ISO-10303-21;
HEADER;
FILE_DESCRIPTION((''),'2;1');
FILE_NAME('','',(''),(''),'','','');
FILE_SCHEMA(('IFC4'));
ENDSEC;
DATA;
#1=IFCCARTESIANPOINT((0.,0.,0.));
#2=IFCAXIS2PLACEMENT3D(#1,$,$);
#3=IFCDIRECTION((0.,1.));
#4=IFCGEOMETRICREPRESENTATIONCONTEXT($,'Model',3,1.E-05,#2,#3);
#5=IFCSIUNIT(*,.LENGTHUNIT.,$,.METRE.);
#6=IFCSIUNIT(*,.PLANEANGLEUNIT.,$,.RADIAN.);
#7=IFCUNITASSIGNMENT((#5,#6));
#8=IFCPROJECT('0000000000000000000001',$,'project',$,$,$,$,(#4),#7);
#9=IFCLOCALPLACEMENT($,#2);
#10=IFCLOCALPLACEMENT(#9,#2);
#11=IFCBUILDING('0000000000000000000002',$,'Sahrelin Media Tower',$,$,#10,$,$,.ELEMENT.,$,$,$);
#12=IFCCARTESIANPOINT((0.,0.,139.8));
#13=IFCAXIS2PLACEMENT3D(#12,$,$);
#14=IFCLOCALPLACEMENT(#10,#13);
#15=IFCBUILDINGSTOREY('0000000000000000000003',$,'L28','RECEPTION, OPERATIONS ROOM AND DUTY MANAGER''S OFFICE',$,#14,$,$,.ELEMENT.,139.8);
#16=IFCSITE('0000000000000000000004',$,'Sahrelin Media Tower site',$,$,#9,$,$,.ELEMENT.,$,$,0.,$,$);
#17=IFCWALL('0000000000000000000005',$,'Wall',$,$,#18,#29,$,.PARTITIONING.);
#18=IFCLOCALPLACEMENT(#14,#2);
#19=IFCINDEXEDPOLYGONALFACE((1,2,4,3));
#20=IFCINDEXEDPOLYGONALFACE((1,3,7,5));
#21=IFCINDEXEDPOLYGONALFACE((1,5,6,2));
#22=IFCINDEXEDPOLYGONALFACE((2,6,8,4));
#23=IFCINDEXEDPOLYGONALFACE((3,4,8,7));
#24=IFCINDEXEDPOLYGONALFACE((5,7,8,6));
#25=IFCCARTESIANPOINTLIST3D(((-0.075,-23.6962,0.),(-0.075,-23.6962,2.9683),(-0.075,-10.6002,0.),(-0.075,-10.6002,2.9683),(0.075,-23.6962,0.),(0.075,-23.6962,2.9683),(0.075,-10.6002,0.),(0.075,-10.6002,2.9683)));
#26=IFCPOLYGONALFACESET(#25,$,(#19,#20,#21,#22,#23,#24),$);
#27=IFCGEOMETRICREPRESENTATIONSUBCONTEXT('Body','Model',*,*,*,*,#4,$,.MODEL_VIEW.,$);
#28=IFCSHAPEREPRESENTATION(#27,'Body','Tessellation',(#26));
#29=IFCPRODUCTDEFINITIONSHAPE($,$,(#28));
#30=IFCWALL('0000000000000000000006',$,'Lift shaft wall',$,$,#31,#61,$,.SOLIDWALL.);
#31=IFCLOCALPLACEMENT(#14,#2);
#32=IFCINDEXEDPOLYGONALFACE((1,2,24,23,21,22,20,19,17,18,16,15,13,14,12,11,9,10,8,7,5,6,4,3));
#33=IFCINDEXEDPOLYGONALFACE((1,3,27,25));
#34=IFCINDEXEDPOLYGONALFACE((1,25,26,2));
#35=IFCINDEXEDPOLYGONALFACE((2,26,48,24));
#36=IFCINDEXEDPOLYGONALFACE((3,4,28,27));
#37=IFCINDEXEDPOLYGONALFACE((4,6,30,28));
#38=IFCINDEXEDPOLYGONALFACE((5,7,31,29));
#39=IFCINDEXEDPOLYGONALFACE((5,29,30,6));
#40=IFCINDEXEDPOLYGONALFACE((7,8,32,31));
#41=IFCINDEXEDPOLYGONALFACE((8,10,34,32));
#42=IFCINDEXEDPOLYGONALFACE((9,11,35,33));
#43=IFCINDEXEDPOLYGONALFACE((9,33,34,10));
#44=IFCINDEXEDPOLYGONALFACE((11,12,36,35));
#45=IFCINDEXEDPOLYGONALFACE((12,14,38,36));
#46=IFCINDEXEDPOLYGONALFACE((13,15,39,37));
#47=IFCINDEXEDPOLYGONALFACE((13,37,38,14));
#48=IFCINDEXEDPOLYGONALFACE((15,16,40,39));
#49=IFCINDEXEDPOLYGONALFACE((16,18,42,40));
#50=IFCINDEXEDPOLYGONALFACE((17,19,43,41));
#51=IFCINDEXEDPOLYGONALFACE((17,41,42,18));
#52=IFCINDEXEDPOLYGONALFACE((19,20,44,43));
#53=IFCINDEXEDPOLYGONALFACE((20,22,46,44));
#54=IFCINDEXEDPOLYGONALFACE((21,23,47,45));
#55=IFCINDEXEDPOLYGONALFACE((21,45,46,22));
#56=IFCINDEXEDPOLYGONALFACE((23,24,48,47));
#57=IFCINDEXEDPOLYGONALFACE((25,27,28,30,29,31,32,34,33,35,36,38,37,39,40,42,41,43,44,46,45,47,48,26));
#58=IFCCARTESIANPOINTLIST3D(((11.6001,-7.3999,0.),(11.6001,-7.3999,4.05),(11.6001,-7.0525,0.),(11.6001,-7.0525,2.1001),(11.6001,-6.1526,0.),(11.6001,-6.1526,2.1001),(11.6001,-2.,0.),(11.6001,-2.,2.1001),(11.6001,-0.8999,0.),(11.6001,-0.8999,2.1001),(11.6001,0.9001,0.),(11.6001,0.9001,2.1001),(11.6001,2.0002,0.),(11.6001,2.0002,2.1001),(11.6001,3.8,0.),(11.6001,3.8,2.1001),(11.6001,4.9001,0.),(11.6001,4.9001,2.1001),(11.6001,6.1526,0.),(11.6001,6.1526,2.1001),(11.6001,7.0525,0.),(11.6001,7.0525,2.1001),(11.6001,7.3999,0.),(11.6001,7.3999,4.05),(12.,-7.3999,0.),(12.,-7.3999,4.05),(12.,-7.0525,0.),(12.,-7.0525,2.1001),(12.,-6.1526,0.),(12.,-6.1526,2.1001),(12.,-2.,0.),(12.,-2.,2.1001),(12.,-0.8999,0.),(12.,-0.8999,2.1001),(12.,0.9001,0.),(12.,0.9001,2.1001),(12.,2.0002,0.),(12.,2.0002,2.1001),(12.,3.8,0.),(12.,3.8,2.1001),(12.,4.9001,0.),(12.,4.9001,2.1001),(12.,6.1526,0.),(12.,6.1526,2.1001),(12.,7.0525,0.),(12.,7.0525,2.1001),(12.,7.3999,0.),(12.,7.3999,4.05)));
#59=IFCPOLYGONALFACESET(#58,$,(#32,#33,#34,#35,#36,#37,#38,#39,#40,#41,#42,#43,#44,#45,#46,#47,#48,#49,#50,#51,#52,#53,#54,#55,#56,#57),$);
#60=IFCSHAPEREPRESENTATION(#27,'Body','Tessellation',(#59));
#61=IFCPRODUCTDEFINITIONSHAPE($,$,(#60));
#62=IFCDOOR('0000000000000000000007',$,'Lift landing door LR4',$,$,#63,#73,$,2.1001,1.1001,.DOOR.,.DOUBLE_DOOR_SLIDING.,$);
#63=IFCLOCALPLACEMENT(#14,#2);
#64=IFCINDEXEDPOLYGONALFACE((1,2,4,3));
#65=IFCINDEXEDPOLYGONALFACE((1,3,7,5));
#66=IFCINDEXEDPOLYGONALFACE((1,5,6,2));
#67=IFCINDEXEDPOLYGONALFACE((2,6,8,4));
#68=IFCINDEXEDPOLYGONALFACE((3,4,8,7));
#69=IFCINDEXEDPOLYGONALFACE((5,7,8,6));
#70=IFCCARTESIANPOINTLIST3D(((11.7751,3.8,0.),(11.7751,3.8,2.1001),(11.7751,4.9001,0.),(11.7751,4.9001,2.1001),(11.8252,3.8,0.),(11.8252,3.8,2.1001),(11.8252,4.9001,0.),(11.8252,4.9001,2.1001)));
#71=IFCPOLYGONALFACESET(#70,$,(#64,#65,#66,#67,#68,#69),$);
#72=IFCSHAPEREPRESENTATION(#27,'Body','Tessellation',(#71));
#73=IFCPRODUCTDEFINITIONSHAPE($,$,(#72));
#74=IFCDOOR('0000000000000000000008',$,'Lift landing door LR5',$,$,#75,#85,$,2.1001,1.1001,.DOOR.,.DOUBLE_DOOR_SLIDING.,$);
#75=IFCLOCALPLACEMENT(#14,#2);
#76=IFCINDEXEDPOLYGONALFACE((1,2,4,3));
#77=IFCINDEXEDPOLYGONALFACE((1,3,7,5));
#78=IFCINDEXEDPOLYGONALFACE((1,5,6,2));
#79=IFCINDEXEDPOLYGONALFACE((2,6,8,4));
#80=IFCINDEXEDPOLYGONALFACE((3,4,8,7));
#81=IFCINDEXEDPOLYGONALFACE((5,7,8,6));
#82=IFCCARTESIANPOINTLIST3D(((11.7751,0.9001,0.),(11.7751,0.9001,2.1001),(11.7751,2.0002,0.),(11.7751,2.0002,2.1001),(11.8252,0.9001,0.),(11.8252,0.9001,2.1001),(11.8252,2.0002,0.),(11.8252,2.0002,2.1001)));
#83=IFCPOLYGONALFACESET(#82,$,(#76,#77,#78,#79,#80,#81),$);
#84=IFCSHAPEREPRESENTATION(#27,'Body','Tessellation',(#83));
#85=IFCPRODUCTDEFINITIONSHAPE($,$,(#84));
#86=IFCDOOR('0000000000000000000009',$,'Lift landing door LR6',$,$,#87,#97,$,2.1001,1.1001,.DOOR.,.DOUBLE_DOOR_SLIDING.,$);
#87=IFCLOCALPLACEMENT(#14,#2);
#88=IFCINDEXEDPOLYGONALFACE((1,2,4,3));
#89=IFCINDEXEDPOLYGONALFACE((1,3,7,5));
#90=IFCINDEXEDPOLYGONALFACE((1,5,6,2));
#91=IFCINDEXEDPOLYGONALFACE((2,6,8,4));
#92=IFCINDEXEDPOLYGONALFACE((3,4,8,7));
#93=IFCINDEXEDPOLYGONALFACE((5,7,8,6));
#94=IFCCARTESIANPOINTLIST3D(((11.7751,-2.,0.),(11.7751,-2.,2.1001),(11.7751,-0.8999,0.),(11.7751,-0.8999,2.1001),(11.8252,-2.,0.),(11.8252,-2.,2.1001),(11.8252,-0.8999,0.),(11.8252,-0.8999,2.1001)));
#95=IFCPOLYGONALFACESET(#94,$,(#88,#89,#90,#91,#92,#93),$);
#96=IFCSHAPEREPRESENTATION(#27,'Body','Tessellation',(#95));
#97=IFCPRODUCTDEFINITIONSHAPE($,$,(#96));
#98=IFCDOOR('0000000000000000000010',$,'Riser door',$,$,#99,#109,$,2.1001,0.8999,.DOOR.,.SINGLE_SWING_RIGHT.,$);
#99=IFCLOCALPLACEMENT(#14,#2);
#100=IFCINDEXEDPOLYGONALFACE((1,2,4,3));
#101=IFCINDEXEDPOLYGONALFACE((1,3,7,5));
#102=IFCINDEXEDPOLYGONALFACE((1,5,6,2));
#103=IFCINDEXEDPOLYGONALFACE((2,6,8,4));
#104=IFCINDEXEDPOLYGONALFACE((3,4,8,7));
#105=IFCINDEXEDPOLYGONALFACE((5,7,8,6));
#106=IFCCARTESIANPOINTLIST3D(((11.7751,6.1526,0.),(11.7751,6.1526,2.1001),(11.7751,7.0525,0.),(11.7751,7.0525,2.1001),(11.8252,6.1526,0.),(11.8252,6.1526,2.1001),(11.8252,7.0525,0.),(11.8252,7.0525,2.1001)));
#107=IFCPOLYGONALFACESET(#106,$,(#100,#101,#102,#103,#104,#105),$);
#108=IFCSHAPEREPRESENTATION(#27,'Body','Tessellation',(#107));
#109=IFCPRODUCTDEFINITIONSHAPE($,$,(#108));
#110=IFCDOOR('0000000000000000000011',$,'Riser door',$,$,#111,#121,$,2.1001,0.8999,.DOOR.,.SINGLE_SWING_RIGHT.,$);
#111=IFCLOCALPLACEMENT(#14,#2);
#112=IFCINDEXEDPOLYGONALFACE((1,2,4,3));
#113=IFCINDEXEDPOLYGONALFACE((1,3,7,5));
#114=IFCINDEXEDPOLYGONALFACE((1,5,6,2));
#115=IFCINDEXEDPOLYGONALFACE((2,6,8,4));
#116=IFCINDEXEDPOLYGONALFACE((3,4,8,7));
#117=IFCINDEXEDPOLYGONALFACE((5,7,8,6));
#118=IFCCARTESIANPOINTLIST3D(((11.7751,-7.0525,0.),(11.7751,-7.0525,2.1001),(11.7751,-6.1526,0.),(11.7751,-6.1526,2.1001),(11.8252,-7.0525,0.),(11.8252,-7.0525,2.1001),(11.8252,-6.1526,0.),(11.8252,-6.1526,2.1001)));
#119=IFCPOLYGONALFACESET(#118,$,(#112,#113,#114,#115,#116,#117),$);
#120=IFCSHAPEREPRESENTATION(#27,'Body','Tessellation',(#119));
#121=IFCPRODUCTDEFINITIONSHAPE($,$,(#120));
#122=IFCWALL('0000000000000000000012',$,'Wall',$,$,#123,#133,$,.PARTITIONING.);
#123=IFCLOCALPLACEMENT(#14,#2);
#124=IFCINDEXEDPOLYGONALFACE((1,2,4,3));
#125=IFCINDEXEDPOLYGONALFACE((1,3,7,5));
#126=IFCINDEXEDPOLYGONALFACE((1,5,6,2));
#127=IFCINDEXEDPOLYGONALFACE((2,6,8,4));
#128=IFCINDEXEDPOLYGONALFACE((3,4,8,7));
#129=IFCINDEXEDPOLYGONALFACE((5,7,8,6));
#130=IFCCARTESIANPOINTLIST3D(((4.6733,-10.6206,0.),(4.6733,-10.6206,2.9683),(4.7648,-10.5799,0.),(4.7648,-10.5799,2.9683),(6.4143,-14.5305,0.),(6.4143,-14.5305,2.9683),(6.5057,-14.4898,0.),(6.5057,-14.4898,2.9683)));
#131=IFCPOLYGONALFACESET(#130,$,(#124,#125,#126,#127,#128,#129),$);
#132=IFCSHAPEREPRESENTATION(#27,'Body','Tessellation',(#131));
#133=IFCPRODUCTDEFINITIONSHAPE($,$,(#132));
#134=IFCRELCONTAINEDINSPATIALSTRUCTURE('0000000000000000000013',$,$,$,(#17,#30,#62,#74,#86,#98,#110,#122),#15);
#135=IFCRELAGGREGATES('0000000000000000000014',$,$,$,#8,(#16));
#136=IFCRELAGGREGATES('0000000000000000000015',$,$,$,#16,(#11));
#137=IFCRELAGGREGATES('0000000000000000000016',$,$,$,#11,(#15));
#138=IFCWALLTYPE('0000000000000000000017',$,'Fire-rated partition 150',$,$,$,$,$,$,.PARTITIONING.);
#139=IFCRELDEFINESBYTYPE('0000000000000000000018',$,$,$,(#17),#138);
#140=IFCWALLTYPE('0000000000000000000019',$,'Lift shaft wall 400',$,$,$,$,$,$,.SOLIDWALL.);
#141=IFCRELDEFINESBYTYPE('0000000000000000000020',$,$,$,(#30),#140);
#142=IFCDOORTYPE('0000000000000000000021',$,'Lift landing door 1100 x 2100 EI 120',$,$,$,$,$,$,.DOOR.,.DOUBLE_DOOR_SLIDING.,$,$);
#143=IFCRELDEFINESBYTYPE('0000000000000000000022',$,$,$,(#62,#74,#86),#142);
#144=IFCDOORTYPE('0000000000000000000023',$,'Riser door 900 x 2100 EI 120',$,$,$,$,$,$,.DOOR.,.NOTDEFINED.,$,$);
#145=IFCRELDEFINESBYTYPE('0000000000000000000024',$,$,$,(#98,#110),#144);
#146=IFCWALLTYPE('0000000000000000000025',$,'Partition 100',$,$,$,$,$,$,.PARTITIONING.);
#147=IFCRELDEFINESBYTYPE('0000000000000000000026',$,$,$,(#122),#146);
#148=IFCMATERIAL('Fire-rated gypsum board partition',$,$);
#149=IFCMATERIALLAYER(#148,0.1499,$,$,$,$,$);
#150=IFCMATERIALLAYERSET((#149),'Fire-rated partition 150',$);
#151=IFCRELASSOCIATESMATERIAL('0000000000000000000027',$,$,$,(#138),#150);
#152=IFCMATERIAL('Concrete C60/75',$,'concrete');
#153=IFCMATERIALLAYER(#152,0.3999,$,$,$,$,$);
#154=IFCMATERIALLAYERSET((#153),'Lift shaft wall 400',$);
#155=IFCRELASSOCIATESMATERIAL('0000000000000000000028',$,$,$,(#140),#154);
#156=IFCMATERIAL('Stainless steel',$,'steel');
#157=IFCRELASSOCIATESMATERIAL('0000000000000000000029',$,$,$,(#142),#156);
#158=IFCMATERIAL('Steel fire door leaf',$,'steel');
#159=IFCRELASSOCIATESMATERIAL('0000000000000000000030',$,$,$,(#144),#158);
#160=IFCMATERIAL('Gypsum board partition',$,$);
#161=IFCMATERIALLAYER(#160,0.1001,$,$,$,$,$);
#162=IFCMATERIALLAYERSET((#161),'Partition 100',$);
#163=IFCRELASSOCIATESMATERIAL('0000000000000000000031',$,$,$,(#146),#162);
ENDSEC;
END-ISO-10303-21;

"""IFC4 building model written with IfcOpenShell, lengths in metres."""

from ifc_helpers import new_model, si_unit, direction, frame, frame_2d, origin, place, context, subcontext, project, spatial, rectangle, extrude, material, layer, layer_set, type_object, element, fill, save


model = new_model("IFC4")

# Units and contexts
model_context = context("Model", 3, precision=1e-05, world=origin(), true_north=direction((0.0, 1.0)))
body_context = subcontext(model_context, "Body", "Model", "MODEL_VIEW")
ifc_project = project(units=[si_unit("LENGTHUNIT", "METRE"), si_unit("PLANEANGLEUNIT", "RADIAN")], contexts=[model_context])

# Site, building, storey
site_placement = place(None, origin())
site = spatial("IfcSite", under=ifc_project, at=site_placement, Name="Sahrelin Media Tower site", CompositionType="ELEMENT", RefElevation=0.0)
building_placement = place(site_placement, origin())
building = spatial("IfcBuilding", under=site, at=building_placement, Name="Sahrelin Media Tower", CompositionType="ELEMENT")
storey_placement = place(building_placement, frame((0.0, 0.0, 139.8)))
storey = spatial("IfcBuildingStorey", under=building, at=storey_placement, Name="L28", Description="RECEPTION, OPERATIONS ROOM AND DUTY MANAGER'S OFFICE", CompositionType="ELEMENT", Elevation=139.8)

# Wall
ifc_material_1 = material(Name="Fire-rated gypsum board partition")
ifc_layer_1 = layer(ifc_material_1, 0.1499)
ifc_layer_set_1 = layer_set([ifc_layer_1], Name="Fire-rated partition 150")
wall_type_1 = type_object("IfcWallType", Name="Fire-rated partition 150", PredefinedType="PARTITIONING", material=ifc_layer_set_1)
wall_1_placement = place(storey_placement, frame((0.0, -23.696, 0.0), z_axis=(0.0, 0.0, 1.0), x_axis=(0.0, 1.0, 0.0)))
element("IfcWall", 1, at=wall_1_placement, inside=storey, type_object=wall_type_1, Name="Wall", PredefinedType="PARTITIONING", context=body_context, shape_type="SweptSolid", body=[
    extrude(rectangle(XDim=13.0959, YDim=0.1499, at=frame_2d((6.5479, 0.0))), origin(), (0.0, 0.0, 1.0), 2.9683),
])

# Wall, openings, doors
ifc_material_2 = material(Name="Concrete C60/75", Category="concrete")
ifc_layer_2 = layer(ifc_material_2, 0.3999)
ifc_layer_set_2 = layer_set([ifc_layer_2], Name="Lift shaft wall 400")
wall_type_2 = type_object("IfcWallType", Name="Lift shaft wall 400", PredefinedType="SOLIDWALL", material=ifc_layer_set_2)
wall_2_placement = place(storey_placement, frame((11.8, -7.3999, 0.0), z_axis=(0.0, 0.0, 1.0), x_axis=(0.0, 1.0, 0.0)))
wall_2 = element("IfcWall", 2, at=wall_2_placement, inside=storey, type_object=wall_type_2, Name="Lift shaft wall", PredefinedType="SOLIDWALL", context=body_context, shape_type="SweptSolid", body=[
    extrude(rectangle(XDim=14.7998, YDim=0.3999, at=frame_2d((7.3999, 0.0))), origin(), (0.0, 0.0, 1.0), 4.05),
])
opening_1_placement = place(wall_2_placement, frame((11.2, 0.0, 0.0)))
opening_1 = element("IfcOpeningElement", 3, at=opening_1_placement, cuts=wall_2, PredefinedType="OPENING", context=body_context, shape_type="SweptSolid", body=[
    extrude(rectangle(XDim=1.1001, YDim=2.1001, at=frame_2d((0.55, 1.05))), frame((0.0, 0.2, 0.0), z_axis=(0.0, -1.0, 0.0), x_axis=(1.0, 0.0, 0.0)), (0.0, 0.0, 1.0), 0.3999),
])
opening_2_placement = place(wall_2_placement, frame((8.3, 0.0, 0.0)))
opening_2 = element("IfcOpeningElement", 4, at=opening_2_placement, cuts=wall_2, PredefinedType="OPENING", context=body_context, shape_type="SweptSolid", body=[
    extrude(rectangle(XDim=1.1001, YDim=2.1001, at=frame_2d((0.55, 1.05))), frame((0.0, 0.2, 0.0), z_axis=(0.0, -1.0, 0.0), x_axis=(1.0, 0.0, 0.0)), (0.0, 0.0, 1.0), 0.3999),
])
opening_3_placement = place(wall_2_placement, frame((5.3999, 0.0, 0.0)))
opening_3 = element("IfcOpeningElement", 5, at=opening_3_placement, cuts=wall_2, PredefinedType="OPENING", context=body_context, shape_type="SweptSolid", body=[
    extrude(rectangle(XDim=1.1001, YDim=2.1001, at=frame_2d((0.55, 1.05))), frame((0.0, 0.2, 0.0), z_axis=(0.0, -1.0, 0.0), x_axis=(1.0, 0.0, 0.0)), (0.0, 0.0, 1.0), 0.3999),
])
opening_4_placement = place(wall_2_placement, frame((13.5525, 0.0, 0.0)))
opening_4 = element("IfcOpeningElement", 6, at=opening_4_placement, cuts=wall_2, PredefinedType="OPENING", context=body_context, shape_type="SweptSolid", body=[
    extrude(rectangle(XDim=0.8999, YDim=2.1001, at=frame_2d((0.45, 1.05))), frame((0.0, 0.2, 0.0), z_axis=(0.0, -1.0, 0.0), x_axis=(1.0, 0.0, 0.0)), (0.0, 0.0, 1.0), 0.3999),
])
opening_5_placement = place(wall_2_placement, frame((0.3474, 0.0, 0.0)))
opening_5 = element("IfcOpeningElement", 7, at=opening_5_placement, cuts=wall_2, PredefinedType="OPENING", context=body_context, shape_type="SweptSolid", body=[
    extrude(rectangle(XDim=0.8999, YDim=2.1001, at=frame_2d((0.45, 1.05))), frame((0.0, 0.2, 0.0), z_axis=(0.0, -1.0, 0.0), x_axis=(1.0, 0.0, 0.0)), (0.0, 0.0, 1.0), 0.3999),
])
ifc_material_3 = material(Name="Stainless steel", Category="steel")
door_type_1 = type_object("IfcDoorType", Name="Lift landing door 1100 x 2100 EI 120", OperationType="DOUBLE_DOOR_SLIDING", PredefinedType="DOOR", material=ifc_material_3)
door_1_placement = place(opening_1_placement, origin())
door_1 = element("IfcDoor", 8, at=door_1_placement, inside=storey, type_object=door_type_1, Name="Lift landing door LR4", OperationType="DOUBLE_DOOR_SLIDING", OverallHeight=2.1001, OverallWidth=1.1001, PredefinedType="DOOR", context=body_context, shape_type="SweptSolid", body=[
    extrude(rectangle(XDim=1.1001, YDim=2.1001, at=frame_2d((0.55, 1.05))), frame((0.0, 0.0249, 0.0), z_axis=(0.0, -1.0, 0.0), x_axis=(1.0, 0.0, 0.0)), (0.0, 0.0, 1.0), 0.05),
])
fill(opening_1, door_1)
door_2_placement = place(opening_2_placement, origin())
door_2 = element("IfcDoor", 9, at=door_2_placement, inside=storey, type_object=door_type_1, Name="Lift landing door LR5", OperationType="DOUBLE_DOOR_SLIDING", OverallHeight=2.1001, OverallWidth=1.1001, PredefinedType="DOOR", context=body_context, shape_type="SweptSolid", body=[
    extrude(rectangle(XDim=1.1001, YDim=2.1001, at=frame_2d((0.55, 1.05))), frame((0.0, 0.0249, 0.0), z_axis=(0.0, -1.0, 0.0), x_axis=(1.0, 0.0, 0.0)), (0.0, 0.0, 1.0), 0.05),
])
fill(opening_2, door_2)
door_3_placement = place(opening_3_placement, origin())
door_3 = element("IfcDoor", 10, at=door_3_placement, inside=storey, type_object=door_type_1, Name="Lift landing door LR6", OperationType="DOUBLE_DOOR_SLIDING", OverallHeight=2.1001, OverallWidth=1.1001, PredefinedType="DOOR", context=body_context, shape_type="SweptSolid", body=[
    extrude(rectangle(XDim=1.1001, YDim=2.1001, at=frame_2d((0.55, 1.05))), frame((0.0, 0.0249, 0.0), z_axis=(0.0, -1.0, 0.0), x_axis=(1.0, 0.0, 0.0)), (0.0, 0.0, 1.0), 0.05),
])
fill(opening_3, door_3)
ifc_material_4 = material(Name="Steel fire door leaf", Category="steel")
door_type_2 = type_object("IfcDoorType", Name="Riser door 900 x 2100 EI 120", OperationType="NOTDEFINED", PredefinedType="DOOR", material=ifc_material_4)
door_4_placement = place(opening_4_placement, origin())
door_4 = element("IfcDoor", 11, at=door_4_placement, inside=storey, type_object=door_type_2, Name="Riser door", OperationType="SINGLE_SWING_RIGHT", OverallHeight=2.1001, OverallWidth=0.8999, PredefinedType="DOOR", context=body_context, shape_type="SweptSolid", body=[
    extrude(rectangle(XDim=0.8999, YDim=2.1001, at=frame_2d((0.45, 1.05))), frame((0.0, 0.0249, 0.0), z_axis=(0.0, -1.0, 0.0), x_axis=(1.0, 0.0, 0.0)), (0.0, 0.0, 1.0), 0.05),
])
fill(opening_4, door_4)
door_5_placement = place(opening_5_placement, origin())
door_5 = element("IfcDoor", 12, at=door_5_placement, inside=storey, type_object=door_type_2, Name="Riser door", OperationType="SINGLE_SWING_RIGHT", OverallHeight=2.1001, OverallWidth=0.8999, PredefinedType="DOOR", context=body_context, shape_type="SweptSolid", body=[
    extrude(rectangle(XDim=0.8999, YDim=2.1001, at=frame_2d((0.45, 1.05))), frame((0.0, 0.0249, 0.0), z_axis=(0.0, -1.0, 0.0), x_axis=(1.0, 0.0, 0.0)), (0.0, 0.0, 1.0), 0.05),
])
fill(opening_5, door_5)

# Wall
ifc_material_5 = material(Name="Gypsum board partition")
ifc_layer_3 = layer(ifc_material_5, 0.1001)
ifc_layer_set_3 = layer_set([ifc_layer_3], Name="Partition 100")
wall_type_3 = type_object("IfcWallType", Name="Partition 100", PredefinedType="PARTITIONING", material=ifc_layer_set_3)
wall_3_placement = place(storey_placement, frame((4.719, -10.6001, 0.0), z_axis=(0.0, 0.0, 1.0), x_axis=(0.406768, -0.913531, 0.0)))
element("IfcWall", 13, at=wall_3_placement, inside=storey, type_object=wall_type_3, Name="Wall", PredefinedType="PARTITIONING", context=body_context, shape_type="SweptSolid", body=[
    extrude(rectangle(XDim=4.28, YDim=0.1001, at=frame_2d((2.1401, 0.0))), origin(), (0.0, 0.0, 1.0), 2.9683),
])

save(model, "model.ifc")
